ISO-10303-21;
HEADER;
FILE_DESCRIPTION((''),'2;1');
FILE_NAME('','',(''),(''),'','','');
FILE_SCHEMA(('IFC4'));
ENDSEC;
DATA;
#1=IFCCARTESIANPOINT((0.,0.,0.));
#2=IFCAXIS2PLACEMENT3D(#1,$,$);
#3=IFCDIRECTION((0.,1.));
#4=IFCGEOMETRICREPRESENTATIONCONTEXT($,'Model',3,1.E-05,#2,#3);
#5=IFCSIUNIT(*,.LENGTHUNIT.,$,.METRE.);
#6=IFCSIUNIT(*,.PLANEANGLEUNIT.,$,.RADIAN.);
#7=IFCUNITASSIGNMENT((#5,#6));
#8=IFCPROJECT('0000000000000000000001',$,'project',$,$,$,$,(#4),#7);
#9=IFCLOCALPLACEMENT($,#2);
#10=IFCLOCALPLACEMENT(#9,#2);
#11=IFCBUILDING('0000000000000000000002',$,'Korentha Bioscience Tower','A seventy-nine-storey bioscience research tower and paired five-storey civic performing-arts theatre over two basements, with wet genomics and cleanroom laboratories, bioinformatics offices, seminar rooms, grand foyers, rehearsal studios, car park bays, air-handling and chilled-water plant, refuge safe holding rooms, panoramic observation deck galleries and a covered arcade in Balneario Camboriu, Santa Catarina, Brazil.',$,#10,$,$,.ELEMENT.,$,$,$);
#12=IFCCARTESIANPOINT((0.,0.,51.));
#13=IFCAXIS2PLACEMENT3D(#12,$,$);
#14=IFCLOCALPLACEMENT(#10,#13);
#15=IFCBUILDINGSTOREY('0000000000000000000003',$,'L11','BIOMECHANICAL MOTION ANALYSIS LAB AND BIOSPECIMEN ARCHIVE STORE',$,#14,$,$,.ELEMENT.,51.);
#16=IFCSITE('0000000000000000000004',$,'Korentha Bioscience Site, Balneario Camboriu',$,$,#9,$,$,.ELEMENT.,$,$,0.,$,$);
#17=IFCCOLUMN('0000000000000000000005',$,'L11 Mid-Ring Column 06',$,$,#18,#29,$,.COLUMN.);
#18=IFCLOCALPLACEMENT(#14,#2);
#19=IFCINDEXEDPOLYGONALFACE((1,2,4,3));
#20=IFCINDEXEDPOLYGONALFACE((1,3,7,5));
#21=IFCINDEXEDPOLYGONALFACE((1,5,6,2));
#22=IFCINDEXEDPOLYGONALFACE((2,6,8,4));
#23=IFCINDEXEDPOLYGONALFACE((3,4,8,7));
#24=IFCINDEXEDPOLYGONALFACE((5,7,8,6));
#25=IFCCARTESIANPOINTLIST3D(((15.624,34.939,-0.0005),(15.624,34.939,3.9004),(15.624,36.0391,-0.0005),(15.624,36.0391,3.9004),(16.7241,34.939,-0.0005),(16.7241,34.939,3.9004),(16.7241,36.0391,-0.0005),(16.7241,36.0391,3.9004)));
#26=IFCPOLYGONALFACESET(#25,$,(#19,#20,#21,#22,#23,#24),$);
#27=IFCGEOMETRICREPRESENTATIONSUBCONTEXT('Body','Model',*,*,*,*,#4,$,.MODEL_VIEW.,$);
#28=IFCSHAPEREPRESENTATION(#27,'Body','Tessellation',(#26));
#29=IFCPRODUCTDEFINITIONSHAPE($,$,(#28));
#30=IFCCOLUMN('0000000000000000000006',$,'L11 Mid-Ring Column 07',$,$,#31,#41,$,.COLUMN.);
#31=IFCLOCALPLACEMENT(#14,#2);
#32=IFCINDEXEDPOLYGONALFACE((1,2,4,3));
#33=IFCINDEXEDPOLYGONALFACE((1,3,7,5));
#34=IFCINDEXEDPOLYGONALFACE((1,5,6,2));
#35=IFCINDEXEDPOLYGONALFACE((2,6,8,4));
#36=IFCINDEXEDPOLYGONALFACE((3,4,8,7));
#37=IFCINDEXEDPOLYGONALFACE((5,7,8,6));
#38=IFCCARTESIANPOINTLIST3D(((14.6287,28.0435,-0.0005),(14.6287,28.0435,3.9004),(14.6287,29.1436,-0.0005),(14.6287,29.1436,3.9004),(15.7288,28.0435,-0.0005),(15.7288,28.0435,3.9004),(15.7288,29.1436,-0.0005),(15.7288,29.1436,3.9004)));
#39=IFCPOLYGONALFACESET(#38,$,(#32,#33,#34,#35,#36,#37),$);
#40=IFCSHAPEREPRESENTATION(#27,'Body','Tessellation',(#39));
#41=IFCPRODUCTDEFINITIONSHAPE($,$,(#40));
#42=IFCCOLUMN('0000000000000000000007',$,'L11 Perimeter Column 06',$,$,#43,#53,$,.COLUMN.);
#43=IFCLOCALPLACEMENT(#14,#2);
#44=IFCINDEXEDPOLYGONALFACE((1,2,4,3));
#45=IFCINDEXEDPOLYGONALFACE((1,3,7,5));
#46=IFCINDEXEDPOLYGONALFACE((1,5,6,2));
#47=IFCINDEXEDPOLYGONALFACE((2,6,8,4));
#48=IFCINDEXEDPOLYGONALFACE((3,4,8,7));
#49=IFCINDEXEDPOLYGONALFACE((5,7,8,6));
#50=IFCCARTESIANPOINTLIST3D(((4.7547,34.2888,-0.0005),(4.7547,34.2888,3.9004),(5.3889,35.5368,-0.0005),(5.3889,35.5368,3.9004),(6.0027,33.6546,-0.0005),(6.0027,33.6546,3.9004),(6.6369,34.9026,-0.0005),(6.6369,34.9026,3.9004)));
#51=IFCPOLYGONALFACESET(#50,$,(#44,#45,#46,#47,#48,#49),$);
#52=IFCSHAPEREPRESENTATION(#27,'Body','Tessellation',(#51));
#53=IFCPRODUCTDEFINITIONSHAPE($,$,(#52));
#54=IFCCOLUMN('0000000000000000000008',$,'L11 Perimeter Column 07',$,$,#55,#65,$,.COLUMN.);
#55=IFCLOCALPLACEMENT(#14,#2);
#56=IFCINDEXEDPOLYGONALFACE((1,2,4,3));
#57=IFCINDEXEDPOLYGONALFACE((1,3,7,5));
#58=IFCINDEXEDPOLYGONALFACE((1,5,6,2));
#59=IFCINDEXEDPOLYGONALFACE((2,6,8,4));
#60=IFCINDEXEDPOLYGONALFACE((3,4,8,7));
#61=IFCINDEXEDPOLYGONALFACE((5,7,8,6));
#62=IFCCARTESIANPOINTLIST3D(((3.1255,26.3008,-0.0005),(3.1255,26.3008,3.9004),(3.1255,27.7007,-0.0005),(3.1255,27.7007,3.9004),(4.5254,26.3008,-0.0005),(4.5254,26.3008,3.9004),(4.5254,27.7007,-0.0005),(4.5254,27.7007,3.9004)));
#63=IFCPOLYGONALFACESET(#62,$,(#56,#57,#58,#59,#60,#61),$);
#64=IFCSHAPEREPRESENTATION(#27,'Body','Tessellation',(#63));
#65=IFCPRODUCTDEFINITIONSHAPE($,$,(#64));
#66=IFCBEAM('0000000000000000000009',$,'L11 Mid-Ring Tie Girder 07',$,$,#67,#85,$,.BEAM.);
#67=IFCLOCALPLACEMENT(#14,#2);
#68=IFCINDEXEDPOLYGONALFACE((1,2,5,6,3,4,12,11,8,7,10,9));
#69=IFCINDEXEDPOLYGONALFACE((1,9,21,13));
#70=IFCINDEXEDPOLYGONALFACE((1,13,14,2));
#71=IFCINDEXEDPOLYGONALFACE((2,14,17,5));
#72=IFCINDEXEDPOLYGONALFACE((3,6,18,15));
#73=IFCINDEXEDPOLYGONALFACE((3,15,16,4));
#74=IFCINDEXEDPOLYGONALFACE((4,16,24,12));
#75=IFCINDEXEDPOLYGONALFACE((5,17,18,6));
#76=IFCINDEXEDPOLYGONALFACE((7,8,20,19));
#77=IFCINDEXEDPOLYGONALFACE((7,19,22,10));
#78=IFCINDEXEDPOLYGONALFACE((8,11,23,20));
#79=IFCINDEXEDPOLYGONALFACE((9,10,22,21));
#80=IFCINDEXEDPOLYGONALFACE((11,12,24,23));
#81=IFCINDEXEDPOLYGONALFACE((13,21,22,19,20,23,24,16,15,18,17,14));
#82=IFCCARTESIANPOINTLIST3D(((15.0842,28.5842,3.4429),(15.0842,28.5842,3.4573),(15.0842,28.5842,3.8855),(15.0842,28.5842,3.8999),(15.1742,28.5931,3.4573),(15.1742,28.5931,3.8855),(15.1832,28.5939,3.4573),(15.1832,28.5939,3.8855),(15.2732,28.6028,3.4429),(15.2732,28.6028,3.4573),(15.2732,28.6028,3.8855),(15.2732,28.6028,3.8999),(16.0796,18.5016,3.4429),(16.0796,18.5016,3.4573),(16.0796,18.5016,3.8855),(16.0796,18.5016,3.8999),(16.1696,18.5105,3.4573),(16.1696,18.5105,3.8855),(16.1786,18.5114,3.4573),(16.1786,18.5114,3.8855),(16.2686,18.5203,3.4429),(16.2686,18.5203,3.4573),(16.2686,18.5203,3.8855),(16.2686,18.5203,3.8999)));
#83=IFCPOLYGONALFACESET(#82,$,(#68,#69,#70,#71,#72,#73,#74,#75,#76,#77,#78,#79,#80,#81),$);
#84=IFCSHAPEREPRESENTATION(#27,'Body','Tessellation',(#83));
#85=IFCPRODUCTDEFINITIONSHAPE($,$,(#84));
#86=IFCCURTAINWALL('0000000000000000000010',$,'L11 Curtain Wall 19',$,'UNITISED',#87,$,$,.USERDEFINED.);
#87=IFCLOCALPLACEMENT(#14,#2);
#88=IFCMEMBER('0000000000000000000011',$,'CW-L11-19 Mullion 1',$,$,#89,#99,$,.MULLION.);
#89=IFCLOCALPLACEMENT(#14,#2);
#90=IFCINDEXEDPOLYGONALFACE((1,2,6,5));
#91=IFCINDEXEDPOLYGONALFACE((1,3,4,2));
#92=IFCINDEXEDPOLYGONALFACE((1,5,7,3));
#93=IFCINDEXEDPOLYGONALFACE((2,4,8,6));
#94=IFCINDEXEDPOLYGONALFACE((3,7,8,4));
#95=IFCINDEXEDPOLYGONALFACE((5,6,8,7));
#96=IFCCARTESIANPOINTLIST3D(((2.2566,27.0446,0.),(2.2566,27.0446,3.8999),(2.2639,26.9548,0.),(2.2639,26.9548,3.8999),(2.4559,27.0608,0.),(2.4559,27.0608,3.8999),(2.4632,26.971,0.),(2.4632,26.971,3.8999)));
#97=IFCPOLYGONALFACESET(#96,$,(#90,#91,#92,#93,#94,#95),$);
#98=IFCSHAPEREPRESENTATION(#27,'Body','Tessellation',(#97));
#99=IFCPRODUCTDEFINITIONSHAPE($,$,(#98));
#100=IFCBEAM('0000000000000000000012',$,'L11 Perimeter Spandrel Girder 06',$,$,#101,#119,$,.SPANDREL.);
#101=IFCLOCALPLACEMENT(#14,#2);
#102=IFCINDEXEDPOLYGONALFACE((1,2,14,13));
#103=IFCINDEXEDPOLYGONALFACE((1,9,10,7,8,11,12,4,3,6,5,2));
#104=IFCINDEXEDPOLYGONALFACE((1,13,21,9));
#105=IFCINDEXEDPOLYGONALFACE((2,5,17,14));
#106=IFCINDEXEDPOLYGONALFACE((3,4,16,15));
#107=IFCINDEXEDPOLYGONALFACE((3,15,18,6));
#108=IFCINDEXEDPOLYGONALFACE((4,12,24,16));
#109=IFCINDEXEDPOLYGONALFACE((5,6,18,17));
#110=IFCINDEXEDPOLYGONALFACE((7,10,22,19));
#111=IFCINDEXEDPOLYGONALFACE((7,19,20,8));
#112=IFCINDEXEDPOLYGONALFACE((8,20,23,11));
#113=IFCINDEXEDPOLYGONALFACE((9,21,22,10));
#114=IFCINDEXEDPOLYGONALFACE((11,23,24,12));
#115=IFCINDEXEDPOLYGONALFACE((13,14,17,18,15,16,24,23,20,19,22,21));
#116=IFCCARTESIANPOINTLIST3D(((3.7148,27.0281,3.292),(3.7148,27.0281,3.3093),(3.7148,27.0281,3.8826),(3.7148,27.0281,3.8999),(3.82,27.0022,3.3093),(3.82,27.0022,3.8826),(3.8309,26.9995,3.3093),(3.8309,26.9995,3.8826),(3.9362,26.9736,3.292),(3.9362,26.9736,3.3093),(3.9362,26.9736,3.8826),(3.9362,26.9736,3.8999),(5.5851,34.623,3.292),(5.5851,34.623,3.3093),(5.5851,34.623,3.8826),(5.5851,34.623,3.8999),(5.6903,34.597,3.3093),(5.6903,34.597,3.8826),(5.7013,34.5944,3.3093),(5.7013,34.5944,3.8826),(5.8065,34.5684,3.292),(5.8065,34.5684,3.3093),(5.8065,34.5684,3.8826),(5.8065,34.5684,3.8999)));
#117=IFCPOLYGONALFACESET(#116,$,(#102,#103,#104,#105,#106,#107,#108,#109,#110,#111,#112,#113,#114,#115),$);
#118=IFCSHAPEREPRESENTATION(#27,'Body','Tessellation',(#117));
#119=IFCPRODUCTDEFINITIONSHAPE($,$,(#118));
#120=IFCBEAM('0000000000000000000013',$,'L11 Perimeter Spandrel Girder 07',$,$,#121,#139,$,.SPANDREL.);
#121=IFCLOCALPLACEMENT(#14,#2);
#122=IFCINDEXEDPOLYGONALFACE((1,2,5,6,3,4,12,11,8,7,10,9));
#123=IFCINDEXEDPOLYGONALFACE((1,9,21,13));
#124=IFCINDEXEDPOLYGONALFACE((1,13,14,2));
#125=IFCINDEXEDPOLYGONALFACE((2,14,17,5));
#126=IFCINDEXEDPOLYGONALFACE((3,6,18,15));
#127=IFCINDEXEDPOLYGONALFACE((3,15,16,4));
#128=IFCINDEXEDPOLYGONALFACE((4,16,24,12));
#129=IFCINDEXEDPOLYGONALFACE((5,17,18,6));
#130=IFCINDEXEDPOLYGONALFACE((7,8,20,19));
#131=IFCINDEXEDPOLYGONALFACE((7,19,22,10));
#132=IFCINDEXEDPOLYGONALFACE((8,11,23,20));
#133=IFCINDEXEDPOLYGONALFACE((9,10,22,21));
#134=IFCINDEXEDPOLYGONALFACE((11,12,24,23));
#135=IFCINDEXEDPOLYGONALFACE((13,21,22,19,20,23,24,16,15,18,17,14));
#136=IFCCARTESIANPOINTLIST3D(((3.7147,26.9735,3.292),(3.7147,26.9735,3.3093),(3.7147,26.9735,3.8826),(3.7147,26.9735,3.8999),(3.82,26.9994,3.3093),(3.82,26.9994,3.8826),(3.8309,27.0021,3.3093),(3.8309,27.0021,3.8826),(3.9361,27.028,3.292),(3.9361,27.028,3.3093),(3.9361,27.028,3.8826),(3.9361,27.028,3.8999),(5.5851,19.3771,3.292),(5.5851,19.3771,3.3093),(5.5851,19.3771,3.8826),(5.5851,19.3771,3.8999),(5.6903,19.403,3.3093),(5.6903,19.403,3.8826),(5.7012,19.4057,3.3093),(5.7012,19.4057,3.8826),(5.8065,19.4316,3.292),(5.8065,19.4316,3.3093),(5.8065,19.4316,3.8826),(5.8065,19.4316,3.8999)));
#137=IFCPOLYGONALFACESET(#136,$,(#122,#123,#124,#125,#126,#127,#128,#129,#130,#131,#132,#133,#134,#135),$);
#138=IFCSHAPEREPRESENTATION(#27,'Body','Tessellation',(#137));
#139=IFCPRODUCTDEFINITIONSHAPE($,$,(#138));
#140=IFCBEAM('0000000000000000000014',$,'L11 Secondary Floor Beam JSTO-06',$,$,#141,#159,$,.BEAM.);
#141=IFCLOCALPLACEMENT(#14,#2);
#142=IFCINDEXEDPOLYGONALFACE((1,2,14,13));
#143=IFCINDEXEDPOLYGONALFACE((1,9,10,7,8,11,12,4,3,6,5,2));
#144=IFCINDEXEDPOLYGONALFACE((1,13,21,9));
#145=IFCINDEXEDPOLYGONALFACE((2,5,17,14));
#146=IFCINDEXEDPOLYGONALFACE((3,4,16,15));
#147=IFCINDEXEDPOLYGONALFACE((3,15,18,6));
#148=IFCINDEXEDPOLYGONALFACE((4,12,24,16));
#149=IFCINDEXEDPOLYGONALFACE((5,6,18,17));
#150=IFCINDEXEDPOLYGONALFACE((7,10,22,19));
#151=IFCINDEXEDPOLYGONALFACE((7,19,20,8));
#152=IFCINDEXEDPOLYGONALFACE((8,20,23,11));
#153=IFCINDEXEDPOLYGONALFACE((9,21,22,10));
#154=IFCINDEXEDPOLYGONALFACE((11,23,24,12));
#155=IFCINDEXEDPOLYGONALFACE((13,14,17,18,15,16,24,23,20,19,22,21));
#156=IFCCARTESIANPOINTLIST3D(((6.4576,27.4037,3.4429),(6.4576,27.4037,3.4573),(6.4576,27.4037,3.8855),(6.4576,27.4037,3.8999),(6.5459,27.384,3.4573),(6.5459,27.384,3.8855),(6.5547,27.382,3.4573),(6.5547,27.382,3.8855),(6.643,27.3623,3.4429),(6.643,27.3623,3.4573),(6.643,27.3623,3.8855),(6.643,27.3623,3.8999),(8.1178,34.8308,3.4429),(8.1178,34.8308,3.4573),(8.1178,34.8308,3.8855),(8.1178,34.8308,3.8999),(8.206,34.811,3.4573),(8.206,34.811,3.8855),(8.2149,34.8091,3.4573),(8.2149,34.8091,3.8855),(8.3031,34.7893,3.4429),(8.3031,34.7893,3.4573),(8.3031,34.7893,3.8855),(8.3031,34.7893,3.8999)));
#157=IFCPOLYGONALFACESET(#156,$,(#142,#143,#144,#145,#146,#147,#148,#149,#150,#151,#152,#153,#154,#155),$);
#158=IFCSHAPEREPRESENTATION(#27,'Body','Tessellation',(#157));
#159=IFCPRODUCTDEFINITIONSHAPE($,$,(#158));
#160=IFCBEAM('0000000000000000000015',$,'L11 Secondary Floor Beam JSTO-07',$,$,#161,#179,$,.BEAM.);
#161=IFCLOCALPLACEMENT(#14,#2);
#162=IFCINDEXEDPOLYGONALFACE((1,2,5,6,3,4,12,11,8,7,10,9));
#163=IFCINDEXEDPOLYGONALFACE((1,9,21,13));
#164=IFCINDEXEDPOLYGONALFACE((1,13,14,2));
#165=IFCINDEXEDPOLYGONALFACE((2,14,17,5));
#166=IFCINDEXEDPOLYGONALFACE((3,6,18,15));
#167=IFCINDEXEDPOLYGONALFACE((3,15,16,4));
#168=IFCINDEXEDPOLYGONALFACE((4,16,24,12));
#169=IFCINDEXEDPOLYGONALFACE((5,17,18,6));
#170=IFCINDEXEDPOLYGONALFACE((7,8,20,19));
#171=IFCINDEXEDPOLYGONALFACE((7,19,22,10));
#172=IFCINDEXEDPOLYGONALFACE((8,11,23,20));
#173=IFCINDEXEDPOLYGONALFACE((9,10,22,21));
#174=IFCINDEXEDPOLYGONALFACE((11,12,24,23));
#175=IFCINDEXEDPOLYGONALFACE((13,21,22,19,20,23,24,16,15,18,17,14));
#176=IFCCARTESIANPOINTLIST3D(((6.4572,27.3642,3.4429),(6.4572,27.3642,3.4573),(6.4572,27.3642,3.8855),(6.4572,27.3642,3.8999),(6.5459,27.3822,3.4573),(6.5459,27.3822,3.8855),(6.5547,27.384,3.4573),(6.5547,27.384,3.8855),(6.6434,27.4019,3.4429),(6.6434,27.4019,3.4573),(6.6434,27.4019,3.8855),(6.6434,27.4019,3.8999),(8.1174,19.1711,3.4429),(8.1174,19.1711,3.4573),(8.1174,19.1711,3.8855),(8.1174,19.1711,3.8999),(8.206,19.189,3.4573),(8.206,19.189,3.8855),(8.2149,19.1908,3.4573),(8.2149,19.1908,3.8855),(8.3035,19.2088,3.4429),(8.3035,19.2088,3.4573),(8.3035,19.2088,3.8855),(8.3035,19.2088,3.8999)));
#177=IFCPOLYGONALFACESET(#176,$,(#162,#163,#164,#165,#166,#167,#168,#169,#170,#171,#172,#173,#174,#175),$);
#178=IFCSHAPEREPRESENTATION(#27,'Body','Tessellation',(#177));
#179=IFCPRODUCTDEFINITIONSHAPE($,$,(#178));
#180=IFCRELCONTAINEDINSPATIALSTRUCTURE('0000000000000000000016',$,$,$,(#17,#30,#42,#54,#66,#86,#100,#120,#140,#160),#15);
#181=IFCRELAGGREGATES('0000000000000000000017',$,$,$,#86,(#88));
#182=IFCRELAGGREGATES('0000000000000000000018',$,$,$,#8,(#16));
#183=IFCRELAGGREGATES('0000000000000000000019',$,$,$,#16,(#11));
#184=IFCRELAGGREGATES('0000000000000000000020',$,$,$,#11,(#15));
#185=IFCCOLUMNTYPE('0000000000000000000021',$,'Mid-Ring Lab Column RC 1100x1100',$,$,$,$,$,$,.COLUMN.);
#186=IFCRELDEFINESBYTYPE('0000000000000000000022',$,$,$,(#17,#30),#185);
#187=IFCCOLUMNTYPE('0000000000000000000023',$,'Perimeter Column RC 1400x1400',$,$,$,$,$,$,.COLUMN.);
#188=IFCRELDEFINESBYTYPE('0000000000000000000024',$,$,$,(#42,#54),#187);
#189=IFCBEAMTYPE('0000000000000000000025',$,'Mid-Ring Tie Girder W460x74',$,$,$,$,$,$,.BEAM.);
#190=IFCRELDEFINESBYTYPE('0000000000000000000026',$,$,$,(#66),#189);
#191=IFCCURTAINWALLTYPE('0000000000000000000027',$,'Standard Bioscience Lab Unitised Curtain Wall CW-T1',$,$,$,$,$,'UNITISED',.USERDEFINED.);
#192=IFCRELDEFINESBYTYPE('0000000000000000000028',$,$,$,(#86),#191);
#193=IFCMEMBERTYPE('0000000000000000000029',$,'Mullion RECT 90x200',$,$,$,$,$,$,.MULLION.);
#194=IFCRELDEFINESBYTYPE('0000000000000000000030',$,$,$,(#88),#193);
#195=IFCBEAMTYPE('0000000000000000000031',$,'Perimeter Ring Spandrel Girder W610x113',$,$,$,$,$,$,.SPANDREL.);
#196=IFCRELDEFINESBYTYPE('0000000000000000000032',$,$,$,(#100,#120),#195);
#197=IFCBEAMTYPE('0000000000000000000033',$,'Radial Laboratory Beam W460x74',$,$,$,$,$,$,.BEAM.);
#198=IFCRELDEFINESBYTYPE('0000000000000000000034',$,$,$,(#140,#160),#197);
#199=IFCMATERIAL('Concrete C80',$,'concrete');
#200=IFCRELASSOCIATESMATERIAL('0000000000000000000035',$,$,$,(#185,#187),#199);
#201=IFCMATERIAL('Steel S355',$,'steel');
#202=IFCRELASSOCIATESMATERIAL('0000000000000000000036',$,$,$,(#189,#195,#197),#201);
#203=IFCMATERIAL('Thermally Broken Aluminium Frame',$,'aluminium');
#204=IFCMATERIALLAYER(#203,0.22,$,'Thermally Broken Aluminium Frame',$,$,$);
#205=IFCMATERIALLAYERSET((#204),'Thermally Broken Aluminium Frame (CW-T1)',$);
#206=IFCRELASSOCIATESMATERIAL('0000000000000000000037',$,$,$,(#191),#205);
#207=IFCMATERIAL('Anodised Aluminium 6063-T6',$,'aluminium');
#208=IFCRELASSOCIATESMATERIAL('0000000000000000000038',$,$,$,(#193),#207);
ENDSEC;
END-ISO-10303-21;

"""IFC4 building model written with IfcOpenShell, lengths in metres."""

from ifc_helpers import new_model, si_unit, direction, frame, origin, origin_2d, place, context, subcontext, project, spatial, rectangle, i_section, extrude, material, layer, layer_set, material_profile, profile_set, type_object, element, aggregate, save


model = new_model("IFC4")

# Units and contexts
model_context = context("Model", 3, precision=1e-05, world=origin(), true_north=direction((0.0, 1.0)))
body_context = subcontext(model_context, "Body", "Model", "MODEL_VIEW")
ifc_project = project(units=[si_unit("LENGTHUNIT", "METRE"), si_unit("PLANEANGLEUNIT", "RADIAN")], contexts=[model_context])

# Site, building, storey
site_placement = place(None, origin())
site = spatial("IfcSite", under=ifc_project, at=site_placement, Name="Korentha Bioscience Site, Balneario Camboriu", CompositionType="ELEMENT", RefElevation=0.0)
building_placement = place(site_placement, origin())
building = spatial("IfcBuilding", under=site, at=building_placement, Name="Korentha Bioscience Tower", Description="A seventy-nine-storey bioscience research tower and paired five-storey civic performing-arts theatre over two basements, with wet genomics and cleanroom laboratories, bioinformatics offices, seminar rooms, grand foyers, rehearsal studios, car park bays, air-handling and chilled-water plant, refuge safe holding rooms, panoramic observation deck galleries and a covered arcade in Balneario Camboriu, Santa Catarina, Brazil.", CompositionType="ELEMENT")
storey_placement = place(building_placement, frame((0.0, 0.0, 51.0)))
storey = spatial("IfcBuildingStorey", under=building, at=storey_placement, Name="L11", Description="BIOMECHANICAL MOTION ANALYSIS LAB AND BIOSPECIMEN ARCHIVE STORE", CompositionType="ELEMENT", Elevation=51.0)

# Columns
ifc_material_1 = material(Name="Concrete C80", Category="concrete")
ifc_material_profile_1 = material_profile(ifc_material_1, rectangle(XDim=1.1001, YDim=1.1001, at=origin_2d()), Name="Concrete C80")
ifc_profile_set_1 = profile_set([ifc_material_profile_1], Name="Concrete C80 (COL-MR11)")
column_type_1 = type_object("IfcColumnType", Name="Mid-Ring Lab Column RC 1100x1100", PredefinedType="COLUMN", material=ifc_profile_set_1)
for number, where, z_axis, x_axis, name in (
    (1, (16.1741, 35.489, -0.0005), (0.0, 0.0, 1.0), (1.0, 0.0, 0.0), "L11 Mid-Ring Column 06"),
    (2, (15.1787, 28.5935, -0.0005), (0.0, 0.0, 1.0), (1.0, 0.0, 0.0), "L11 Mid-Ring Column 07"),
):
    element("IfcColumn", number, at=place(storey_placement, frame(where, z_axis=z_axis, x_axis=x_axis)), inside=storey, type_object=column_type_1, Name=name, PredefinedType="COLUMN", context=body_context, shape_type="SweptSolid", body=[
        extrude(rectangle(XDim=1.1001, YDim=1.1001, at=origin_2d()), origin(), (0.0, 0.0, 1.0), 3.9009),
    ])
ifc_material_profile_2 = material_profile(ifc_material_1, rectangle(XDim=1.3999, YDim=1.3999, at=origin_2d()), Name="Concrete C80")
ifc_profile_set_2 = profile_set([ifc_material_profile_2], Name="Concrete C80 (COL-P14)")
column_type_2 = type_object("IfcColumnType", Name="Perimeter Column RC 1400x1400", PredefinedType="COLUMN", material=ifc_profile_set_2)
for number, where, z_axis, x_axis, name in (
    (3, (5.6958, 34.5957, -0.0005), (0.0, 0.0, 1.0), (0.453057, 0.891481, 0.0), "L11 Perimeter Column 06"),
    (4, (3.8254, 27.0007, -0.0005), (0.0, 0.0, 1.0), (0.0, 1.0, 0.0), "L11 Perimeter Column 07"),
):
    element("IfcColumn", number, at=place(storey_placement, frame(where, z_axis=z_axis, x_axis=x_axis)), inside=storey, type_object=column_type_2, Name=name, PredefinedType="COLUMN", context=body_context, shape_type="SweptSolid", body=[
        extrude(rectangle(XDim=1.3999, YDim=1.3999, at=origin_2d()), origin(), (0.0, 0.0, 1.0), 3.9009),
    ])

# Beam
ifc_material_2 = material(Name="Steel S355", Category="steel")
ifc_material_profile_3 = material_profile(ifc_material_2, i_section(OverallWidth=0.1899, OverallDepth=0.457, WebThickness=0.009, FlangeThickness=0.0144, at=origin_2d()), Name="Steel S355")
ifc_profile_set_3 = profile_set([ifc_material_profile_3], Name="Steel S355 (MB-460)")
beam_type_1 = type_object("IfcBeamType", Name="Mid-Ring Tie Girder W460x74", PredefinedType="BEAM", material=ifc_profile_set_3)
beam_1_placement = place(storey_placement, frame((15.1787, 28.5935, 3.6714), z_axis=(0.098244, -0.995162, 0.0), x_axis=(0.995162, 0.098244, 0.0)))
element("IfcBeam", 5, at=beam_1_placement, inside=storey, type_object=beam_type_1, Name="L11 Mid-Ring Tie Girder 07", PredefinedType="BEAM", context=body_context, shape_type="SweptSolid", body=[
    extrude(i_section(OverallWidth=0.1899, OverallDepth=0.457, WebThickness=0.009, FlangeThickness=0.0144, at=origin_2d()), origin(), (0.0, 0.0, 1.0), 10.1316),
])

# Curtain wall, member
ifc_material_3 = material(Name="Thermally Broken Aluminium Frame", Category="aluminium")
ifc_layer_1 = layer(ifc_material_3, 0.22, Name="Thermally Broken Aluminium Frame")
ifc_layer_set_1 = layer_set([ifc_layer_1], Name="Thermally Broken Aluminium Frame (CW-T1)")
curtain_wall_type = type_object("IfcCurtainWallType", Name="Standard Bioscience Lab Unitised Curtain Wall CW-T1", ElementType="UNITISED", PredefinedType="USERDEFINED", material=ifc_layer_set_1)
curtain_wall_placement = place(storey_placement, origin())
curtain_wall = element("IfcCurtainWall", 6, at=curtain_wall_placement, inside=storey, type_object=curtain_wall_type, Name="L11 Curtain Wall 19", ObjectType="UNITISED", PredefinedType="USERDEFINED")
ifc_material_4 = material(Name="Anodised Aluminium 6063-T6", Category="aluminium")
ifc_material_profile_4 = material_profile(ifc_material_4, rectangle(XDim=0.0901, YDim=0.2, at=origin_2d()), Name="Anodised Aluminium 6063-T6")
ifc_profile_set_4 = profile_set([ifc_material_profile_4], Name="Anodised Aluminium 6063-T6 (CW-MUL)")
member_type_1 = type_object("IfcMemberType", Name="Mullion RECT 90x200", PredefinedType="MULLION", material=ifc_profile_set_4)
member_1_placement = place(storey_placement, frame((2.3599, 27.0078, 0.0), z_axis=(0.0, 0.0, 1.0), x_axis=(0.08082, -0.996729, 0.0)))
member_1 = element("IfcMember", 7, at=member_1_placement, type_object=member_type_1, Name="CW-L11-19 Mullion 1", PredefinedType="MULLION", context=body_context, shape_type="SweptSolid", body=[
    extrude(rectangle(XDim=0.0901, YDim=0.2, at=origin_2d()), origin(), (0.0, 0.0, 1.0), 3.8999),
])

# Beams
ifc_material_profile_5 = material_profile(ifc_material_2, i_section(OverallWidth=0.228, OverallDepth=0.6079, WebThickness=0.0112, FlangeThickness=0.0173, at=origin_2d()), Name="Steel S355")
ifc_profile_set_5 = profile_set([ifc_material_profile_5], Name="Steel S355 (SB-610)")
beam_type_2 = type_object("IfcBeamType", Name="Perimeter Ring Spandrel Girder W610x113", PredefinedType="SPANDREL", material=ifc_profile_set_5)
beam_2_placement = place(storey_placement, frame((5.6958, 34.5957, 3.5959), z_axis=(-0.239119, -0.97099, 0.0), x_axis=(0.97099, -0.239119, 0.0)))
element("IfcBeam", 8, at=beam_2_placement, inside=storey, type_object=beam_type_2, Name="L11 Perimeter Spandrel Girder 06", PredefinedType="SPANDREL", context=body_context, shape_type="SweptSolid", body=[
    extrude(i_section(OverallWidth=0.228, OverallDepth=0.6079, WebThickness=0.0112, FlangeThickness=0.0173, at=origin_2d()), origin(), (0.0, 0.0, 1.0), 7.8218),
])
beam_3_placement = place(storey_placement, frame((3.8254, 27.0007, 3.5959), z_axis=(0.239076, -0.971001, 0.0), x_axis=(0.971001, 0.239076, 0.0)))
element("IfcBeam", 9, at=beam_3_placement, inside=storey, type_object=beam_type_2, Name="L11 Perimeter Spandrel Girder 07", PredefinedType="SPANDREL", context=body_context, shape_type="SweptSolid", body=[
    extrude(i_section(OverallWidth=0.228, OverallDepth=0.6079, WebThickness=0.0112, FlangeThickness=0.0173, at=origin_2d()), origin(), (0.0, 0.0, 1.0), 7.8232),
])
ifc_material_profile_6 = material_profile(ifc_material_2, i_section(OverallWidth=0.1899, OverallDepth=0.457, WebThickness=0.009, FlangeThickness=0.0144, at=origin_2d()), Name="Steel S355")
ifc_profile_set_6 = profile_set([ifc_material_profile_6], Name="Steel S355 (RB-460)")
beam_type_3 = type_object("IfcBeamType", Name="Radial Laboratory Beam W460x74", PredefinedType="BEAM", material=ifc_profile_set_6)
beam_4_placement = place(storey_placement, frame((8.2104, 34.8101, 3.6714), z_axis=(-0.218146, -0.975916, 0.0), x_axis=(0.975916, -0.218146, 0.0)))
element("IfcBeam", 10, at=beam_4_placement, inside=storey, type_object=beam_type_3, Name="L11 Secondary Floor Beam JSTO-06", PredefinedType="BEAM", context=body_context, shape_type="SweptSolid", body=[
    extrude(i_section(OverallWidth=0.1899, OverallDepth=0.457, WebThickness=0.009, FlangeThickness=0.0144, at=origin_2d()), origin(), (0.0, 0.0, 1.0), 7.6104),
])
beam_5_placement = place(storey_placement, frame((6.5503, 27.3831, 3.6714), z_axis=(0.198592, -0.980082, 0.0), x_axis=(0.980082, 0.198592, 0.0)))
element("IfcBeam", 11, at=beam_5_placement, inside=storey, type_object=beam_type_3, Name="L11 Secondary Floor Beam JSTO-07", PredefinedType="BEAM", context=body_context, shape_type="SweptSolid", body=[
    extrude(i_section(OverallWidth=0.1899, OverallDepth=0.457, WebThickness=0.009, FlangeThickness=0.0144, at=origin_2d()), origin(), (0.0, 0.0, 1.0), 8.3596),
])

aggregate(curtain_wall, [member_1])

save(model, "model.ifc")
